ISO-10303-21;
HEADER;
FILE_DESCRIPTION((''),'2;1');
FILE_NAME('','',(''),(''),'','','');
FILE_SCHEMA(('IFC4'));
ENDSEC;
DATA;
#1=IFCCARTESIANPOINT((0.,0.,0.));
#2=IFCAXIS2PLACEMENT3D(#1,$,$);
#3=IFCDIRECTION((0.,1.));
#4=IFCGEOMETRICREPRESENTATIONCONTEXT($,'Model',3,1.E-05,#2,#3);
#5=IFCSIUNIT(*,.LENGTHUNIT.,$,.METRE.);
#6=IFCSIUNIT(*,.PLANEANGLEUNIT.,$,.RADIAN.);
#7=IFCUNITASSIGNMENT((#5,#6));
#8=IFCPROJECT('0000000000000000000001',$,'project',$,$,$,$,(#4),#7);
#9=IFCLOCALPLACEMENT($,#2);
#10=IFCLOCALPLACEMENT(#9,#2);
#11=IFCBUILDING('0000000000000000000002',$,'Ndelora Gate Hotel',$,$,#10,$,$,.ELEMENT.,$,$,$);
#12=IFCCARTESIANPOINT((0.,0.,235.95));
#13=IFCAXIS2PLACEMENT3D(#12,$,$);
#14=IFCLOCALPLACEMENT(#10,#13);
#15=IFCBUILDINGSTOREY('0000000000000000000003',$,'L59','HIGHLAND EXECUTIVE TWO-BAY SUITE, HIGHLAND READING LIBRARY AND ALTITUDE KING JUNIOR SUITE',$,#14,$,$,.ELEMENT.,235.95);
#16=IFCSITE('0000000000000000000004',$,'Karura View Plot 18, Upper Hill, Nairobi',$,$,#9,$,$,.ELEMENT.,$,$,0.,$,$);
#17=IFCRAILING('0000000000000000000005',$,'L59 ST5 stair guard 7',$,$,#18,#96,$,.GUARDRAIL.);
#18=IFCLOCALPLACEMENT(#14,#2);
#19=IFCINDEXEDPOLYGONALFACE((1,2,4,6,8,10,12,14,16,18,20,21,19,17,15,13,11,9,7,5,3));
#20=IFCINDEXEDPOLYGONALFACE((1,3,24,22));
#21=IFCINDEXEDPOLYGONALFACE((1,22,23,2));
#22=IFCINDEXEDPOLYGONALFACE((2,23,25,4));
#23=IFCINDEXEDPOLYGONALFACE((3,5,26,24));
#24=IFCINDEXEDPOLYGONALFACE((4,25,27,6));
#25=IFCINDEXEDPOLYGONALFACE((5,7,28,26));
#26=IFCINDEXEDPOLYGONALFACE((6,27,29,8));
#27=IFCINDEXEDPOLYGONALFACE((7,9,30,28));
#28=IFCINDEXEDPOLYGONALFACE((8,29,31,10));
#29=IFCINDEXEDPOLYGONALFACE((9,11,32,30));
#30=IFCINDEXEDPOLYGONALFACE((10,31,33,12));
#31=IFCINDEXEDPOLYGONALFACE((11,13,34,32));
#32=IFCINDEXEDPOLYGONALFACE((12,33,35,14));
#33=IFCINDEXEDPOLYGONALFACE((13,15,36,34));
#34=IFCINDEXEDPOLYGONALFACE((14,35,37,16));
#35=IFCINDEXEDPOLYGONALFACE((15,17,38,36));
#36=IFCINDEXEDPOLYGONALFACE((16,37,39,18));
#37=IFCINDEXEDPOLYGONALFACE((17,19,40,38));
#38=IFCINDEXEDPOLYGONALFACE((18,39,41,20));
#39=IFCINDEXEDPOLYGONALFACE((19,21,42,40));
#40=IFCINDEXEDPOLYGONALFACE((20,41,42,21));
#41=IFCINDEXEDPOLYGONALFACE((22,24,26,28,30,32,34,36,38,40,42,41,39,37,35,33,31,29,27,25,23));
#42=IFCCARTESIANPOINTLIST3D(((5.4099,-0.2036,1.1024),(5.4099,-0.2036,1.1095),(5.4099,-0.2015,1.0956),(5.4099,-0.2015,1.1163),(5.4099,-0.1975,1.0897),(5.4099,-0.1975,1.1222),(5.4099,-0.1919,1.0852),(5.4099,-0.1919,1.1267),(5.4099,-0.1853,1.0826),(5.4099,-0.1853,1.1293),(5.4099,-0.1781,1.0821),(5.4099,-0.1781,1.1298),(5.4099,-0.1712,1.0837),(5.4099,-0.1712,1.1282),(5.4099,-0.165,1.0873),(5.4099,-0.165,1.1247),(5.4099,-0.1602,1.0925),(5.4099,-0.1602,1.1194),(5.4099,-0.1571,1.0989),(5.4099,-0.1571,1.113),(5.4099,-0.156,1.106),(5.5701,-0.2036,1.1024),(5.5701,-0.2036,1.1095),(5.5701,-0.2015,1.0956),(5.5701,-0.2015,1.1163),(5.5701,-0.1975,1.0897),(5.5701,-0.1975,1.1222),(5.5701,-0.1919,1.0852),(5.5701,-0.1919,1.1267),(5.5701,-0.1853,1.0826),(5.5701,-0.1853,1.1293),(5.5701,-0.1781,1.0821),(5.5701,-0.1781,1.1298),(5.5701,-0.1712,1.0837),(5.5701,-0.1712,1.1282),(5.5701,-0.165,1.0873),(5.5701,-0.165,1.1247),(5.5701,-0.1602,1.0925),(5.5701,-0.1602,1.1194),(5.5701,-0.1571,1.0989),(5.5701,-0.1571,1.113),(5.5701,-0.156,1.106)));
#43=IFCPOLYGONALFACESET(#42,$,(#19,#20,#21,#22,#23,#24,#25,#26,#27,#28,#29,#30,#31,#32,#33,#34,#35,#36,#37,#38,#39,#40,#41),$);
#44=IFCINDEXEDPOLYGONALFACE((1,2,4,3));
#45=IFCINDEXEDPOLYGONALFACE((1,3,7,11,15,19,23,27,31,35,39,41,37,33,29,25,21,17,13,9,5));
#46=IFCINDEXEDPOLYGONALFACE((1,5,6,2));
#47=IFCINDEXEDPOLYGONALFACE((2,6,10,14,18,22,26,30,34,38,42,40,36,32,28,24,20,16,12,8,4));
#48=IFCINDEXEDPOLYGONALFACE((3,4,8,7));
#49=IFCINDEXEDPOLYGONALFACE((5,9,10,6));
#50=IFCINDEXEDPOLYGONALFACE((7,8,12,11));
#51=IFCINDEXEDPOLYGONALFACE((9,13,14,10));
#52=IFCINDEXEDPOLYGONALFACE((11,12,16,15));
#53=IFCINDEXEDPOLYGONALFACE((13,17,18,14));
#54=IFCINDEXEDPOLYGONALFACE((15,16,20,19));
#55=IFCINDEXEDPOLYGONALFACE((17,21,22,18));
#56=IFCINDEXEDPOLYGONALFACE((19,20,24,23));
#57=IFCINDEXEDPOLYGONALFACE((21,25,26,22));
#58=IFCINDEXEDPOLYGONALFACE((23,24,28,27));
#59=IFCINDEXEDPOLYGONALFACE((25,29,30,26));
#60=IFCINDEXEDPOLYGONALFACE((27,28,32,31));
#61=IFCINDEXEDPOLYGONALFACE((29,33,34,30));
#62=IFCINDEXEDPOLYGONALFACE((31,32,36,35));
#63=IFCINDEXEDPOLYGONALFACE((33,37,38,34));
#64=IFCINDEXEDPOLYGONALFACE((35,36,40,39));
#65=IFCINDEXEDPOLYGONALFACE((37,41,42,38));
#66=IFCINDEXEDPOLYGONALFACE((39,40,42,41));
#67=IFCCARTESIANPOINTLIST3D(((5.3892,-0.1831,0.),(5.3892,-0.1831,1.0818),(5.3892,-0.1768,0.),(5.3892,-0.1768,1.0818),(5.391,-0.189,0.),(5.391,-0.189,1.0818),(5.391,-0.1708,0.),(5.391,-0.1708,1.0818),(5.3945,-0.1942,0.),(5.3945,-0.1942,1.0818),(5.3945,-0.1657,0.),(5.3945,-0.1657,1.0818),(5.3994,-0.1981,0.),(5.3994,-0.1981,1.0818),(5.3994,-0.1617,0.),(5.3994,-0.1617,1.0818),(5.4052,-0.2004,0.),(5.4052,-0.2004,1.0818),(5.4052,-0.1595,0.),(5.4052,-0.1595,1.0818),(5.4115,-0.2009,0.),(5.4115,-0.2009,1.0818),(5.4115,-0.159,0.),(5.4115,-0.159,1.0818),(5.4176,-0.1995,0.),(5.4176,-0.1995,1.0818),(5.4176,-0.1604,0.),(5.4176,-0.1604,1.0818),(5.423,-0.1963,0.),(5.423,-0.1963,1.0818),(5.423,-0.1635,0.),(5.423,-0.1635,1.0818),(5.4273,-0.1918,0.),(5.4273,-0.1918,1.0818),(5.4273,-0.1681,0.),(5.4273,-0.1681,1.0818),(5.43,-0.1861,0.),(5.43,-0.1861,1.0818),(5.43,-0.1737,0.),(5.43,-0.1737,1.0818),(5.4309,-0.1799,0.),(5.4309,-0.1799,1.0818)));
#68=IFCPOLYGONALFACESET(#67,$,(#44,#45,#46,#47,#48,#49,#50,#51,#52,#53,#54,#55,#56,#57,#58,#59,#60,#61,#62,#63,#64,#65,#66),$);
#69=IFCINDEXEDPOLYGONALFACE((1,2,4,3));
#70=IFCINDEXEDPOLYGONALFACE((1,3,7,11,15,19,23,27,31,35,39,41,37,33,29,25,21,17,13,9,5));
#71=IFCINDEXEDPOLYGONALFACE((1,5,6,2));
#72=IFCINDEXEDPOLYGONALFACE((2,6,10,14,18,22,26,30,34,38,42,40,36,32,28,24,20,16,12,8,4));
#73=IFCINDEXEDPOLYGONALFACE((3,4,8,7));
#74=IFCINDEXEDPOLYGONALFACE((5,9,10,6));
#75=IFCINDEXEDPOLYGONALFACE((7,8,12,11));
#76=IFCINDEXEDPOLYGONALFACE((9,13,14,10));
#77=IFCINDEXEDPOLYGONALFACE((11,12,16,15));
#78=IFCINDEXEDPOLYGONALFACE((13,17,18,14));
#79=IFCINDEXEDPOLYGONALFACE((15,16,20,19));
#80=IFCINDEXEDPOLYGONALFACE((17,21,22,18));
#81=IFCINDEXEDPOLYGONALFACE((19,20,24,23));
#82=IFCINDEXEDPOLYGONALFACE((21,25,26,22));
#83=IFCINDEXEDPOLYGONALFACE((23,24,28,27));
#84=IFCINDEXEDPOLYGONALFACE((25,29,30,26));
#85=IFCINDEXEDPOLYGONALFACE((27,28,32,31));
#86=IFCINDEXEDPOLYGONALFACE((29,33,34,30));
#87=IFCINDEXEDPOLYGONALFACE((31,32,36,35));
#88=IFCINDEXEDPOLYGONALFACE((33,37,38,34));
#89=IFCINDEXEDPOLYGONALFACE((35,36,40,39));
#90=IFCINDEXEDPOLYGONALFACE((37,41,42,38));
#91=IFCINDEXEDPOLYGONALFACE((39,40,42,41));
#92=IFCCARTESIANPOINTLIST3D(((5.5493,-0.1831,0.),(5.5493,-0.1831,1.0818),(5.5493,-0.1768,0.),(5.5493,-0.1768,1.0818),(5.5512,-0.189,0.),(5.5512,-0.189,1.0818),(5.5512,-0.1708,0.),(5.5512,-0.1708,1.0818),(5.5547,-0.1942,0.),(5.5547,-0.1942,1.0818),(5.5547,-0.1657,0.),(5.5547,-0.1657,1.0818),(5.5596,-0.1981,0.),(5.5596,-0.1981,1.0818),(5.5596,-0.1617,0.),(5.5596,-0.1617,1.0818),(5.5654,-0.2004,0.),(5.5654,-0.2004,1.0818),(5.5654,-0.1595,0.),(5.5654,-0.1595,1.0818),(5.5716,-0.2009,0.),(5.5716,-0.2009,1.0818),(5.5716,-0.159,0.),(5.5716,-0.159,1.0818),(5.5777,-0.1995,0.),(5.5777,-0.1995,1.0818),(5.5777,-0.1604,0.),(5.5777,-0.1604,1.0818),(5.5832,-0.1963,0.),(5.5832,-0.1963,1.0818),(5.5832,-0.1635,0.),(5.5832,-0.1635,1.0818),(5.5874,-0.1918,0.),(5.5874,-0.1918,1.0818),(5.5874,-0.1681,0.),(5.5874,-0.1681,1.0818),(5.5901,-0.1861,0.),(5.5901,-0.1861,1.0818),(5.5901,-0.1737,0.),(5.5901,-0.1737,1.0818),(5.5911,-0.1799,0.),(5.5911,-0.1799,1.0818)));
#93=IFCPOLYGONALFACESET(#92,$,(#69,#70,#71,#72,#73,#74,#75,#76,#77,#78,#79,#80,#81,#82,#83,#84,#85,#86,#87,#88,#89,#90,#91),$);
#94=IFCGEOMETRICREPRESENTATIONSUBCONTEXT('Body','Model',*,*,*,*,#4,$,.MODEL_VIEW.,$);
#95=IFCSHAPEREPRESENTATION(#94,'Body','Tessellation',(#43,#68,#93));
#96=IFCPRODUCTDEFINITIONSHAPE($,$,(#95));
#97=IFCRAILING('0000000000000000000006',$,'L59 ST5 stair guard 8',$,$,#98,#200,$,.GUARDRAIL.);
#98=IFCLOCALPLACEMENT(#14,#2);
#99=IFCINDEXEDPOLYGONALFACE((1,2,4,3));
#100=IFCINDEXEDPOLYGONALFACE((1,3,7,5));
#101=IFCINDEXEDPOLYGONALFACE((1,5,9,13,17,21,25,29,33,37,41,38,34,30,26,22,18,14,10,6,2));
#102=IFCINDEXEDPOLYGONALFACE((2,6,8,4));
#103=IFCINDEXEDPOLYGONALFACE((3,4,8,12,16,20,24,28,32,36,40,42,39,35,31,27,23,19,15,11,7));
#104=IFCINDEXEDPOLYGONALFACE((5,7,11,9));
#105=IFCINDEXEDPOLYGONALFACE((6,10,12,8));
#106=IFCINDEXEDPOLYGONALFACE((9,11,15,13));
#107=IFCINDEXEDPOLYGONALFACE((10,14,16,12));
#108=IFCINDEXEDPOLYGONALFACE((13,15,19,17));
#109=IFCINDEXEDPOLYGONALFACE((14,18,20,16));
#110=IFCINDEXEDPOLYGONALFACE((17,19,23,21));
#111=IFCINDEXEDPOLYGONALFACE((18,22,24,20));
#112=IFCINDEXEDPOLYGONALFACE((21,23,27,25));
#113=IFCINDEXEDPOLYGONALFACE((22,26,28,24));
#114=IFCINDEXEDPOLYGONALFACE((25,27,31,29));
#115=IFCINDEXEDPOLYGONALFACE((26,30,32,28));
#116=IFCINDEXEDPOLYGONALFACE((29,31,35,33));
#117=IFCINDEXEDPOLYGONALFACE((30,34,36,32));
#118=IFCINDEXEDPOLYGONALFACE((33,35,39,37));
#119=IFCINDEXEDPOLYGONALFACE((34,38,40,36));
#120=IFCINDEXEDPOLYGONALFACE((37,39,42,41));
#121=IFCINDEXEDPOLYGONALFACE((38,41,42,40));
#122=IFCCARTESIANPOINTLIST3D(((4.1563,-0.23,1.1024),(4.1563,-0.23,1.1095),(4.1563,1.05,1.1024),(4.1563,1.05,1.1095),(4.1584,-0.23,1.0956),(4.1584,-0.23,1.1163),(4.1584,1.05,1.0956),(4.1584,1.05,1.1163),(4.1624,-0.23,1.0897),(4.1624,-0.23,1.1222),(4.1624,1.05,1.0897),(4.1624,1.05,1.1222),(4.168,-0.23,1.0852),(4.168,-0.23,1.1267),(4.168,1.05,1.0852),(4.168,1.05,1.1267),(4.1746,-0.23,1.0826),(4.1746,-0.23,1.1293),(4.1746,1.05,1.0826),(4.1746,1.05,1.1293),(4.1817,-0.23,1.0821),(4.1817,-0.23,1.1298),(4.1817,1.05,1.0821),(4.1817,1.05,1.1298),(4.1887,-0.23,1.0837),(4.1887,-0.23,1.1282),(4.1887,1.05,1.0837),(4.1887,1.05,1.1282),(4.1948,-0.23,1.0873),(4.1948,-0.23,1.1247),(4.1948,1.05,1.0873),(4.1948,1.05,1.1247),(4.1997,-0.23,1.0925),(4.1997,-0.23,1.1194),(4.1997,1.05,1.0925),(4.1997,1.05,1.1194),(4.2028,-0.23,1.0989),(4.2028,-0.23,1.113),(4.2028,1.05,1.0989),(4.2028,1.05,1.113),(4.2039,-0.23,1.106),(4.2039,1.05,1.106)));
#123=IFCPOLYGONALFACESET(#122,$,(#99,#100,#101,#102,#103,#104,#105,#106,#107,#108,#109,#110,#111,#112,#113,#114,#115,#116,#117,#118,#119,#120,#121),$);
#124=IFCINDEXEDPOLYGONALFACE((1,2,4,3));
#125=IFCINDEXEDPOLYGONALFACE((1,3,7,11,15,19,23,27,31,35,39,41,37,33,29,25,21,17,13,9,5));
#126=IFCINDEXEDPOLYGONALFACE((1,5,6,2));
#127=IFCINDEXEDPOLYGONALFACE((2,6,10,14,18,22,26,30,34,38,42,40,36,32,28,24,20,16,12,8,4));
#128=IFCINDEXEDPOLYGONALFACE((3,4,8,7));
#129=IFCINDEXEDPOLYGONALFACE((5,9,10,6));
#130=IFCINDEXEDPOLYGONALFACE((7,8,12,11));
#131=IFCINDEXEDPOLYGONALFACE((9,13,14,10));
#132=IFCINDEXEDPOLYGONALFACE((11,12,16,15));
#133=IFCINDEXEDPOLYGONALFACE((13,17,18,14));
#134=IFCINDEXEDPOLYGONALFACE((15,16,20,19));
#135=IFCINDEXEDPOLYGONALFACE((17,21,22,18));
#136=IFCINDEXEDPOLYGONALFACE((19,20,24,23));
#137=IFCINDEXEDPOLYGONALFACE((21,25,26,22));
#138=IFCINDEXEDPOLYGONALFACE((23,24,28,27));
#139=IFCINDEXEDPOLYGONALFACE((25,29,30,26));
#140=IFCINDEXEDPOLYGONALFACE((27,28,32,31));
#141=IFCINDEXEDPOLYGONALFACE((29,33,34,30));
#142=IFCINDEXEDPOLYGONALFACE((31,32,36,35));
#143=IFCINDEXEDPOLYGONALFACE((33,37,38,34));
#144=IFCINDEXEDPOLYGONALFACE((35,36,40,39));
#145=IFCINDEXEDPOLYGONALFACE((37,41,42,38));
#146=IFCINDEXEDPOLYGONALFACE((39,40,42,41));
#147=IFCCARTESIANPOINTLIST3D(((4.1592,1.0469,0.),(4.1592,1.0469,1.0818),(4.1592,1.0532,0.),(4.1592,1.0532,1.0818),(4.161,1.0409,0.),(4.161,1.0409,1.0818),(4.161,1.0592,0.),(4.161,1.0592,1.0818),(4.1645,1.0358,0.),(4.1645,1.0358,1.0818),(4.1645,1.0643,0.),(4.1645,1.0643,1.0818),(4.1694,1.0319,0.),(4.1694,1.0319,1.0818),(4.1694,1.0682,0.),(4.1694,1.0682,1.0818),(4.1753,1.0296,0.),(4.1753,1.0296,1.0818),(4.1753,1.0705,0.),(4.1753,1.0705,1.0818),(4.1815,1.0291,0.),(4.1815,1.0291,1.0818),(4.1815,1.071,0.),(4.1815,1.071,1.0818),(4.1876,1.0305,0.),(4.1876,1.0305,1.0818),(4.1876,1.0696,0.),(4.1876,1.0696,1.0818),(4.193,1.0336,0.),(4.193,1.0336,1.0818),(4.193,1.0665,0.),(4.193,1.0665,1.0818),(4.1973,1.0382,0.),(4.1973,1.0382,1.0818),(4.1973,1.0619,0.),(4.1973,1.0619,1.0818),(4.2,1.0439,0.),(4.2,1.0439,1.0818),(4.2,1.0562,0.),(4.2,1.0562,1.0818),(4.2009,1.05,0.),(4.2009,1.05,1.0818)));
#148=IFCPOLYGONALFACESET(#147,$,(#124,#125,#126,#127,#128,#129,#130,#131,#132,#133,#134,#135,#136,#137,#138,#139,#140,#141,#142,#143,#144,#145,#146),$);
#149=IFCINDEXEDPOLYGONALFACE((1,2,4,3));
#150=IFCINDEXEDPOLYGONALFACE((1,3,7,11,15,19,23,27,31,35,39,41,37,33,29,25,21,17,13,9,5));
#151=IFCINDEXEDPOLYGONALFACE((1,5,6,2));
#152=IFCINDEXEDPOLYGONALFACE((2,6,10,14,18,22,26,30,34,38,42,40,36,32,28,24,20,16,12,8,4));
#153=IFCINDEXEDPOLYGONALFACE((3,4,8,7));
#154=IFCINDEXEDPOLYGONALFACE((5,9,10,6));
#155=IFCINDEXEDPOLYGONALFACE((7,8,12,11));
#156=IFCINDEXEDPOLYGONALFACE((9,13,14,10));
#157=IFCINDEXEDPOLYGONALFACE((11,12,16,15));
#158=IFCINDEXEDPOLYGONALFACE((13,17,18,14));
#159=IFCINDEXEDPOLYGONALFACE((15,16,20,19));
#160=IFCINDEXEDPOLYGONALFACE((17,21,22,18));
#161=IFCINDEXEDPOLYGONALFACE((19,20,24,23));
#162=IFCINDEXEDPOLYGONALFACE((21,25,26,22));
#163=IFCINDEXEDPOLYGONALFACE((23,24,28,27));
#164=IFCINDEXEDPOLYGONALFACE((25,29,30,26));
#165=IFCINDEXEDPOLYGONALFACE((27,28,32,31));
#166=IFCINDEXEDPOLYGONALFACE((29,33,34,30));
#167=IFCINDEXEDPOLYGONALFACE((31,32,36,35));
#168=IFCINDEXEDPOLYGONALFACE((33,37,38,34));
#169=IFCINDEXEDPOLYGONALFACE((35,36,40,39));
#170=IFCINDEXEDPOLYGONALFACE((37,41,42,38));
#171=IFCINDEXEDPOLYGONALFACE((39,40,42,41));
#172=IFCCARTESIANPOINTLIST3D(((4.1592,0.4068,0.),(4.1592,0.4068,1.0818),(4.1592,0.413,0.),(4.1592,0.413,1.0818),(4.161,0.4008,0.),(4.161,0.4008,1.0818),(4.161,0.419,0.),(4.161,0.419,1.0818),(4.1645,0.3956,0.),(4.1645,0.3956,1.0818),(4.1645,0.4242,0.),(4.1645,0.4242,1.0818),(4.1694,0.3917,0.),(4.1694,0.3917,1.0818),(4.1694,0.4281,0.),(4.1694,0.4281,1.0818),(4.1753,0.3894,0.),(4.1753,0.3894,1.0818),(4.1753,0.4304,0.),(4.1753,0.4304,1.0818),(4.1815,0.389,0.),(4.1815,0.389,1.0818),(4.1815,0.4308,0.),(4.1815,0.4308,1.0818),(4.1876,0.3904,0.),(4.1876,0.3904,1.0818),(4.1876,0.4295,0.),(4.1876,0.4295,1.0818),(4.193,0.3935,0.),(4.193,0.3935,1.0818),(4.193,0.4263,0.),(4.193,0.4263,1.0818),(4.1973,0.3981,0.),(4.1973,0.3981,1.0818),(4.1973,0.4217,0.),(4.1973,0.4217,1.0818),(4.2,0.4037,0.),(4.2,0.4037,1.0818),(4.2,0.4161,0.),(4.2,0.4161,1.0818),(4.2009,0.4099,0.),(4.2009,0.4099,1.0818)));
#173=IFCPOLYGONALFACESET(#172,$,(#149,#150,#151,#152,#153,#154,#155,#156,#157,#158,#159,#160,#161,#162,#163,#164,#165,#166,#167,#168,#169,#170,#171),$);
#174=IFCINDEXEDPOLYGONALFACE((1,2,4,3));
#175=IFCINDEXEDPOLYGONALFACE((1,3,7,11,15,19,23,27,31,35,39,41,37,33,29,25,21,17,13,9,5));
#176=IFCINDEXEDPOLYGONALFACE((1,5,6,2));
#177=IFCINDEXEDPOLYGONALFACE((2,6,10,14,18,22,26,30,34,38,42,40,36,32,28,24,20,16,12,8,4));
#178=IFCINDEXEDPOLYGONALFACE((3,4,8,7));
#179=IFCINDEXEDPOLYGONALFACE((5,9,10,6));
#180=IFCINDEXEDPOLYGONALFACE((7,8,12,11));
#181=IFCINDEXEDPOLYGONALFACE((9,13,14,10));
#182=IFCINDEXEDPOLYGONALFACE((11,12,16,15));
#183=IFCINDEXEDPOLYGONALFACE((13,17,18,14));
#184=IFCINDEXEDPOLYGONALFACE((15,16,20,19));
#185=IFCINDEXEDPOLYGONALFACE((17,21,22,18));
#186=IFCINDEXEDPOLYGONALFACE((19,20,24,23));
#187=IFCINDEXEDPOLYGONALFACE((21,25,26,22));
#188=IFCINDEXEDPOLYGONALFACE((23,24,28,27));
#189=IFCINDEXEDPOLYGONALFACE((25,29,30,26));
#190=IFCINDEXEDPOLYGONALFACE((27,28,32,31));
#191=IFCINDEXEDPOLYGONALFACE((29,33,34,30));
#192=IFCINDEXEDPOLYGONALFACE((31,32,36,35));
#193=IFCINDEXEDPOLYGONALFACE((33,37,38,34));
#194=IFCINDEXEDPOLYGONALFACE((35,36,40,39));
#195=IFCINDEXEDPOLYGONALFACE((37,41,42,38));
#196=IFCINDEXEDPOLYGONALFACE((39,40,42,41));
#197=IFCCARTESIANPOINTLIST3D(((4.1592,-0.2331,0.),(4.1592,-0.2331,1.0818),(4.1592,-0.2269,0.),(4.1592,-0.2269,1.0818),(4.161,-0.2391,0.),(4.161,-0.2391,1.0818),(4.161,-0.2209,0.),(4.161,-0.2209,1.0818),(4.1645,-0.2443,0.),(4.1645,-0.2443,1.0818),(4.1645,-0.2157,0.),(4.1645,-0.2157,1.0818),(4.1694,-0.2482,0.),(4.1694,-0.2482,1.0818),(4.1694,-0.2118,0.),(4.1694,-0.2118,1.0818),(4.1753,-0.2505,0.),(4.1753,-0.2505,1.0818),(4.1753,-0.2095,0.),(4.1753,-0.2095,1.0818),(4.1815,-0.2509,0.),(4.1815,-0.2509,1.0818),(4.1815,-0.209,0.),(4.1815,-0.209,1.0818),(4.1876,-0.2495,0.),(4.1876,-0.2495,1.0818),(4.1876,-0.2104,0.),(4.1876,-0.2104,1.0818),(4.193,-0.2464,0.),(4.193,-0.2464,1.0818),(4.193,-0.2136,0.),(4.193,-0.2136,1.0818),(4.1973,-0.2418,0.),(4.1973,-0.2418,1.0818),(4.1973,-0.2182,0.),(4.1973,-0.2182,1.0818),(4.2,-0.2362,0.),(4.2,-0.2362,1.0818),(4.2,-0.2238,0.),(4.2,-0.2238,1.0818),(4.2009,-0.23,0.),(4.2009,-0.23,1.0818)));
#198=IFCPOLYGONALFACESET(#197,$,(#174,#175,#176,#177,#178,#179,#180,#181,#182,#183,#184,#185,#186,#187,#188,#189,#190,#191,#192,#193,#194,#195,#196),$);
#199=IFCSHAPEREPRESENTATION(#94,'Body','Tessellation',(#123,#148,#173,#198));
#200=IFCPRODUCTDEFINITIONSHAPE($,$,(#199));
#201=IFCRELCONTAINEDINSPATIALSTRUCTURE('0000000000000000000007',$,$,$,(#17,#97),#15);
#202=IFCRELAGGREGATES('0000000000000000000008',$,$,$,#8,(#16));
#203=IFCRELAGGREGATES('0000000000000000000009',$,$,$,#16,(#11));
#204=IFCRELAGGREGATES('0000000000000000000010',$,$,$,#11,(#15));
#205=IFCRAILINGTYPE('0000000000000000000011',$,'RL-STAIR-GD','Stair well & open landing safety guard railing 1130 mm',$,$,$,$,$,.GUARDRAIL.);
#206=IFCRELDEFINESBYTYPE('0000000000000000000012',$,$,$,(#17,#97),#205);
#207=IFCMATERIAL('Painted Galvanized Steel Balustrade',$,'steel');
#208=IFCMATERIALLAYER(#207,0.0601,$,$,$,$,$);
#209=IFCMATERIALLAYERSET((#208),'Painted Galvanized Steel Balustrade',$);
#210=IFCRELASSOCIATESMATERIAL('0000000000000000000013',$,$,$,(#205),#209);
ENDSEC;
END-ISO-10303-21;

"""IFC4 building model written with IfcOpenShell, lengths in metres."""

from ifc_helpers import new_model, si_unit, direction, frame, origin, origin_2d, place, context, subcontext, project, spatial, circle, extrude, material, layer, layer_set, type_object, element, save


model = new_model("IFC4")

# Units and contexts
model_context = context("Model", 3, precision=1e-05, world=origin(), true_north=direction((0.0, 1.0)))
body_context = subcontext(model_context, "Body", "Model", "MODEL_VIEW")
ifc_project = project(units=[si_unit("LENGTHUNIT", "METRE"), si_unit("PLANEANGLEUNIT", "RADIAN")], contexts=[model_context])

# Site, building, storey
site_placement = place(None, origin())
site = spatial("IfcSite", under=ifc_project, at=site_placement, Name="Karura View Plot 18, Upper Hill, Nairobi", CompositionType="ELEMENT", RefElevation=0.0)
building_placement = place(site_placement, origin())
building = spatial("IfcBuilding", under=site, at=building_placement, Name="Ndelora Gate Hotel", CompositionType="ELEMENT")
storey_placement = place(building_placement, frame((0.0, 0.0, 235.95)))
storey = spatial("IfcBuildingStorey", under=building, at=storey_placement, Name="L59", Description="HIGHLAND EXECUTIVE TWO-BAY SUITE, HIGHLAND READING LIBRARY AND ALTITUDE KING JUNIOR SUITE", CompositionType="ELEMENT", Elevation=235.95)

# Railings
ifc_material_1 = material(Name="Painted Galvanized Steel Balustrade", Category="steel")
ifc_layer_1 = layer(ifc_material_1, 0.0601)
ifc_layer_set_1 = layer_set([ifc_layer_1], Name="Painted Galvanized Steel Balustrade")
railing_type_1 = type_object("IfcRailingType", Name="RL-STAIR-GD", Description="Stair well & open landing safety guard railing 1130 mm", PredefinedType="GUARDRAIL", material=ifc_layer_set_1)
railing_1_placement = place(storey_placement, frame((5.4099, -0.1799, 0.0)))
element("IfcRailing", 1, at=railing_1_placement, inside=storey, type_object=railing_type_1, Name="L59 ST5 stair guard 7", PredefinedType="GUARDRAIL", context=body_context, shape_type="SweptSolid", body=[
    extrude(circle(Radius=0.0239, at=origin_2d()), frame((0.0, 0.0, 1.106), z_axis=(1.0, 0.0, 0.0), x_axis=(0.0, 1.0, 0.0)), (0.0, 0.0, 1.0), 0.1602),
    extrude(circle(Radius=0.021, at=origin_2d()), origin(), (0.0, 0.0, 1.0), 1.0818),
    extrude(circle(Radius=0.021, at=origin_2d()), frame((0.1602, 0.0, 0.0)), (0.0, 0.0, 1.0), 1.0818),
])
for number, where, name in (
    (2, (4.1799, 1.05, 0.0), "L59 ST5 stair guard 8"),
):
    element("IfcRailing", number, at=place(storey_placement, frame(where)), inside=storey, type_object=railing_type_1, Name=name, PredefinedType="GUARDRAIL", context=body_context, shape_type="SweptSolid", body=[
        extrude(circle(Radius=0.0239, at=origin_2d()), frame((0.0, 0.0, 1.106), z_axis=(0.0, -1.0, 0.0), x_axis=(1.0, 0.0, 0.0)), (0.0, 0.0, 1.0), 1.28),
        extrude(circle(Radius=0.021, at=origin_2d()), origin(), (0.0, 0.0, 1.0), 1.0818),
        extrude(circle(Radius=0.021, at=origin_2d()), frame((0.0, -0.6401, 0.0)), (0.0, 0.0, 1.0), 1.0818),
        extrude(circle(Radius=0.021, at=origin_2d()), frame((0.0, -1.28, 0.0)), (0.0, 0.0, 1.0), 1.0818),
    ])

save(model, "model.ifc")
